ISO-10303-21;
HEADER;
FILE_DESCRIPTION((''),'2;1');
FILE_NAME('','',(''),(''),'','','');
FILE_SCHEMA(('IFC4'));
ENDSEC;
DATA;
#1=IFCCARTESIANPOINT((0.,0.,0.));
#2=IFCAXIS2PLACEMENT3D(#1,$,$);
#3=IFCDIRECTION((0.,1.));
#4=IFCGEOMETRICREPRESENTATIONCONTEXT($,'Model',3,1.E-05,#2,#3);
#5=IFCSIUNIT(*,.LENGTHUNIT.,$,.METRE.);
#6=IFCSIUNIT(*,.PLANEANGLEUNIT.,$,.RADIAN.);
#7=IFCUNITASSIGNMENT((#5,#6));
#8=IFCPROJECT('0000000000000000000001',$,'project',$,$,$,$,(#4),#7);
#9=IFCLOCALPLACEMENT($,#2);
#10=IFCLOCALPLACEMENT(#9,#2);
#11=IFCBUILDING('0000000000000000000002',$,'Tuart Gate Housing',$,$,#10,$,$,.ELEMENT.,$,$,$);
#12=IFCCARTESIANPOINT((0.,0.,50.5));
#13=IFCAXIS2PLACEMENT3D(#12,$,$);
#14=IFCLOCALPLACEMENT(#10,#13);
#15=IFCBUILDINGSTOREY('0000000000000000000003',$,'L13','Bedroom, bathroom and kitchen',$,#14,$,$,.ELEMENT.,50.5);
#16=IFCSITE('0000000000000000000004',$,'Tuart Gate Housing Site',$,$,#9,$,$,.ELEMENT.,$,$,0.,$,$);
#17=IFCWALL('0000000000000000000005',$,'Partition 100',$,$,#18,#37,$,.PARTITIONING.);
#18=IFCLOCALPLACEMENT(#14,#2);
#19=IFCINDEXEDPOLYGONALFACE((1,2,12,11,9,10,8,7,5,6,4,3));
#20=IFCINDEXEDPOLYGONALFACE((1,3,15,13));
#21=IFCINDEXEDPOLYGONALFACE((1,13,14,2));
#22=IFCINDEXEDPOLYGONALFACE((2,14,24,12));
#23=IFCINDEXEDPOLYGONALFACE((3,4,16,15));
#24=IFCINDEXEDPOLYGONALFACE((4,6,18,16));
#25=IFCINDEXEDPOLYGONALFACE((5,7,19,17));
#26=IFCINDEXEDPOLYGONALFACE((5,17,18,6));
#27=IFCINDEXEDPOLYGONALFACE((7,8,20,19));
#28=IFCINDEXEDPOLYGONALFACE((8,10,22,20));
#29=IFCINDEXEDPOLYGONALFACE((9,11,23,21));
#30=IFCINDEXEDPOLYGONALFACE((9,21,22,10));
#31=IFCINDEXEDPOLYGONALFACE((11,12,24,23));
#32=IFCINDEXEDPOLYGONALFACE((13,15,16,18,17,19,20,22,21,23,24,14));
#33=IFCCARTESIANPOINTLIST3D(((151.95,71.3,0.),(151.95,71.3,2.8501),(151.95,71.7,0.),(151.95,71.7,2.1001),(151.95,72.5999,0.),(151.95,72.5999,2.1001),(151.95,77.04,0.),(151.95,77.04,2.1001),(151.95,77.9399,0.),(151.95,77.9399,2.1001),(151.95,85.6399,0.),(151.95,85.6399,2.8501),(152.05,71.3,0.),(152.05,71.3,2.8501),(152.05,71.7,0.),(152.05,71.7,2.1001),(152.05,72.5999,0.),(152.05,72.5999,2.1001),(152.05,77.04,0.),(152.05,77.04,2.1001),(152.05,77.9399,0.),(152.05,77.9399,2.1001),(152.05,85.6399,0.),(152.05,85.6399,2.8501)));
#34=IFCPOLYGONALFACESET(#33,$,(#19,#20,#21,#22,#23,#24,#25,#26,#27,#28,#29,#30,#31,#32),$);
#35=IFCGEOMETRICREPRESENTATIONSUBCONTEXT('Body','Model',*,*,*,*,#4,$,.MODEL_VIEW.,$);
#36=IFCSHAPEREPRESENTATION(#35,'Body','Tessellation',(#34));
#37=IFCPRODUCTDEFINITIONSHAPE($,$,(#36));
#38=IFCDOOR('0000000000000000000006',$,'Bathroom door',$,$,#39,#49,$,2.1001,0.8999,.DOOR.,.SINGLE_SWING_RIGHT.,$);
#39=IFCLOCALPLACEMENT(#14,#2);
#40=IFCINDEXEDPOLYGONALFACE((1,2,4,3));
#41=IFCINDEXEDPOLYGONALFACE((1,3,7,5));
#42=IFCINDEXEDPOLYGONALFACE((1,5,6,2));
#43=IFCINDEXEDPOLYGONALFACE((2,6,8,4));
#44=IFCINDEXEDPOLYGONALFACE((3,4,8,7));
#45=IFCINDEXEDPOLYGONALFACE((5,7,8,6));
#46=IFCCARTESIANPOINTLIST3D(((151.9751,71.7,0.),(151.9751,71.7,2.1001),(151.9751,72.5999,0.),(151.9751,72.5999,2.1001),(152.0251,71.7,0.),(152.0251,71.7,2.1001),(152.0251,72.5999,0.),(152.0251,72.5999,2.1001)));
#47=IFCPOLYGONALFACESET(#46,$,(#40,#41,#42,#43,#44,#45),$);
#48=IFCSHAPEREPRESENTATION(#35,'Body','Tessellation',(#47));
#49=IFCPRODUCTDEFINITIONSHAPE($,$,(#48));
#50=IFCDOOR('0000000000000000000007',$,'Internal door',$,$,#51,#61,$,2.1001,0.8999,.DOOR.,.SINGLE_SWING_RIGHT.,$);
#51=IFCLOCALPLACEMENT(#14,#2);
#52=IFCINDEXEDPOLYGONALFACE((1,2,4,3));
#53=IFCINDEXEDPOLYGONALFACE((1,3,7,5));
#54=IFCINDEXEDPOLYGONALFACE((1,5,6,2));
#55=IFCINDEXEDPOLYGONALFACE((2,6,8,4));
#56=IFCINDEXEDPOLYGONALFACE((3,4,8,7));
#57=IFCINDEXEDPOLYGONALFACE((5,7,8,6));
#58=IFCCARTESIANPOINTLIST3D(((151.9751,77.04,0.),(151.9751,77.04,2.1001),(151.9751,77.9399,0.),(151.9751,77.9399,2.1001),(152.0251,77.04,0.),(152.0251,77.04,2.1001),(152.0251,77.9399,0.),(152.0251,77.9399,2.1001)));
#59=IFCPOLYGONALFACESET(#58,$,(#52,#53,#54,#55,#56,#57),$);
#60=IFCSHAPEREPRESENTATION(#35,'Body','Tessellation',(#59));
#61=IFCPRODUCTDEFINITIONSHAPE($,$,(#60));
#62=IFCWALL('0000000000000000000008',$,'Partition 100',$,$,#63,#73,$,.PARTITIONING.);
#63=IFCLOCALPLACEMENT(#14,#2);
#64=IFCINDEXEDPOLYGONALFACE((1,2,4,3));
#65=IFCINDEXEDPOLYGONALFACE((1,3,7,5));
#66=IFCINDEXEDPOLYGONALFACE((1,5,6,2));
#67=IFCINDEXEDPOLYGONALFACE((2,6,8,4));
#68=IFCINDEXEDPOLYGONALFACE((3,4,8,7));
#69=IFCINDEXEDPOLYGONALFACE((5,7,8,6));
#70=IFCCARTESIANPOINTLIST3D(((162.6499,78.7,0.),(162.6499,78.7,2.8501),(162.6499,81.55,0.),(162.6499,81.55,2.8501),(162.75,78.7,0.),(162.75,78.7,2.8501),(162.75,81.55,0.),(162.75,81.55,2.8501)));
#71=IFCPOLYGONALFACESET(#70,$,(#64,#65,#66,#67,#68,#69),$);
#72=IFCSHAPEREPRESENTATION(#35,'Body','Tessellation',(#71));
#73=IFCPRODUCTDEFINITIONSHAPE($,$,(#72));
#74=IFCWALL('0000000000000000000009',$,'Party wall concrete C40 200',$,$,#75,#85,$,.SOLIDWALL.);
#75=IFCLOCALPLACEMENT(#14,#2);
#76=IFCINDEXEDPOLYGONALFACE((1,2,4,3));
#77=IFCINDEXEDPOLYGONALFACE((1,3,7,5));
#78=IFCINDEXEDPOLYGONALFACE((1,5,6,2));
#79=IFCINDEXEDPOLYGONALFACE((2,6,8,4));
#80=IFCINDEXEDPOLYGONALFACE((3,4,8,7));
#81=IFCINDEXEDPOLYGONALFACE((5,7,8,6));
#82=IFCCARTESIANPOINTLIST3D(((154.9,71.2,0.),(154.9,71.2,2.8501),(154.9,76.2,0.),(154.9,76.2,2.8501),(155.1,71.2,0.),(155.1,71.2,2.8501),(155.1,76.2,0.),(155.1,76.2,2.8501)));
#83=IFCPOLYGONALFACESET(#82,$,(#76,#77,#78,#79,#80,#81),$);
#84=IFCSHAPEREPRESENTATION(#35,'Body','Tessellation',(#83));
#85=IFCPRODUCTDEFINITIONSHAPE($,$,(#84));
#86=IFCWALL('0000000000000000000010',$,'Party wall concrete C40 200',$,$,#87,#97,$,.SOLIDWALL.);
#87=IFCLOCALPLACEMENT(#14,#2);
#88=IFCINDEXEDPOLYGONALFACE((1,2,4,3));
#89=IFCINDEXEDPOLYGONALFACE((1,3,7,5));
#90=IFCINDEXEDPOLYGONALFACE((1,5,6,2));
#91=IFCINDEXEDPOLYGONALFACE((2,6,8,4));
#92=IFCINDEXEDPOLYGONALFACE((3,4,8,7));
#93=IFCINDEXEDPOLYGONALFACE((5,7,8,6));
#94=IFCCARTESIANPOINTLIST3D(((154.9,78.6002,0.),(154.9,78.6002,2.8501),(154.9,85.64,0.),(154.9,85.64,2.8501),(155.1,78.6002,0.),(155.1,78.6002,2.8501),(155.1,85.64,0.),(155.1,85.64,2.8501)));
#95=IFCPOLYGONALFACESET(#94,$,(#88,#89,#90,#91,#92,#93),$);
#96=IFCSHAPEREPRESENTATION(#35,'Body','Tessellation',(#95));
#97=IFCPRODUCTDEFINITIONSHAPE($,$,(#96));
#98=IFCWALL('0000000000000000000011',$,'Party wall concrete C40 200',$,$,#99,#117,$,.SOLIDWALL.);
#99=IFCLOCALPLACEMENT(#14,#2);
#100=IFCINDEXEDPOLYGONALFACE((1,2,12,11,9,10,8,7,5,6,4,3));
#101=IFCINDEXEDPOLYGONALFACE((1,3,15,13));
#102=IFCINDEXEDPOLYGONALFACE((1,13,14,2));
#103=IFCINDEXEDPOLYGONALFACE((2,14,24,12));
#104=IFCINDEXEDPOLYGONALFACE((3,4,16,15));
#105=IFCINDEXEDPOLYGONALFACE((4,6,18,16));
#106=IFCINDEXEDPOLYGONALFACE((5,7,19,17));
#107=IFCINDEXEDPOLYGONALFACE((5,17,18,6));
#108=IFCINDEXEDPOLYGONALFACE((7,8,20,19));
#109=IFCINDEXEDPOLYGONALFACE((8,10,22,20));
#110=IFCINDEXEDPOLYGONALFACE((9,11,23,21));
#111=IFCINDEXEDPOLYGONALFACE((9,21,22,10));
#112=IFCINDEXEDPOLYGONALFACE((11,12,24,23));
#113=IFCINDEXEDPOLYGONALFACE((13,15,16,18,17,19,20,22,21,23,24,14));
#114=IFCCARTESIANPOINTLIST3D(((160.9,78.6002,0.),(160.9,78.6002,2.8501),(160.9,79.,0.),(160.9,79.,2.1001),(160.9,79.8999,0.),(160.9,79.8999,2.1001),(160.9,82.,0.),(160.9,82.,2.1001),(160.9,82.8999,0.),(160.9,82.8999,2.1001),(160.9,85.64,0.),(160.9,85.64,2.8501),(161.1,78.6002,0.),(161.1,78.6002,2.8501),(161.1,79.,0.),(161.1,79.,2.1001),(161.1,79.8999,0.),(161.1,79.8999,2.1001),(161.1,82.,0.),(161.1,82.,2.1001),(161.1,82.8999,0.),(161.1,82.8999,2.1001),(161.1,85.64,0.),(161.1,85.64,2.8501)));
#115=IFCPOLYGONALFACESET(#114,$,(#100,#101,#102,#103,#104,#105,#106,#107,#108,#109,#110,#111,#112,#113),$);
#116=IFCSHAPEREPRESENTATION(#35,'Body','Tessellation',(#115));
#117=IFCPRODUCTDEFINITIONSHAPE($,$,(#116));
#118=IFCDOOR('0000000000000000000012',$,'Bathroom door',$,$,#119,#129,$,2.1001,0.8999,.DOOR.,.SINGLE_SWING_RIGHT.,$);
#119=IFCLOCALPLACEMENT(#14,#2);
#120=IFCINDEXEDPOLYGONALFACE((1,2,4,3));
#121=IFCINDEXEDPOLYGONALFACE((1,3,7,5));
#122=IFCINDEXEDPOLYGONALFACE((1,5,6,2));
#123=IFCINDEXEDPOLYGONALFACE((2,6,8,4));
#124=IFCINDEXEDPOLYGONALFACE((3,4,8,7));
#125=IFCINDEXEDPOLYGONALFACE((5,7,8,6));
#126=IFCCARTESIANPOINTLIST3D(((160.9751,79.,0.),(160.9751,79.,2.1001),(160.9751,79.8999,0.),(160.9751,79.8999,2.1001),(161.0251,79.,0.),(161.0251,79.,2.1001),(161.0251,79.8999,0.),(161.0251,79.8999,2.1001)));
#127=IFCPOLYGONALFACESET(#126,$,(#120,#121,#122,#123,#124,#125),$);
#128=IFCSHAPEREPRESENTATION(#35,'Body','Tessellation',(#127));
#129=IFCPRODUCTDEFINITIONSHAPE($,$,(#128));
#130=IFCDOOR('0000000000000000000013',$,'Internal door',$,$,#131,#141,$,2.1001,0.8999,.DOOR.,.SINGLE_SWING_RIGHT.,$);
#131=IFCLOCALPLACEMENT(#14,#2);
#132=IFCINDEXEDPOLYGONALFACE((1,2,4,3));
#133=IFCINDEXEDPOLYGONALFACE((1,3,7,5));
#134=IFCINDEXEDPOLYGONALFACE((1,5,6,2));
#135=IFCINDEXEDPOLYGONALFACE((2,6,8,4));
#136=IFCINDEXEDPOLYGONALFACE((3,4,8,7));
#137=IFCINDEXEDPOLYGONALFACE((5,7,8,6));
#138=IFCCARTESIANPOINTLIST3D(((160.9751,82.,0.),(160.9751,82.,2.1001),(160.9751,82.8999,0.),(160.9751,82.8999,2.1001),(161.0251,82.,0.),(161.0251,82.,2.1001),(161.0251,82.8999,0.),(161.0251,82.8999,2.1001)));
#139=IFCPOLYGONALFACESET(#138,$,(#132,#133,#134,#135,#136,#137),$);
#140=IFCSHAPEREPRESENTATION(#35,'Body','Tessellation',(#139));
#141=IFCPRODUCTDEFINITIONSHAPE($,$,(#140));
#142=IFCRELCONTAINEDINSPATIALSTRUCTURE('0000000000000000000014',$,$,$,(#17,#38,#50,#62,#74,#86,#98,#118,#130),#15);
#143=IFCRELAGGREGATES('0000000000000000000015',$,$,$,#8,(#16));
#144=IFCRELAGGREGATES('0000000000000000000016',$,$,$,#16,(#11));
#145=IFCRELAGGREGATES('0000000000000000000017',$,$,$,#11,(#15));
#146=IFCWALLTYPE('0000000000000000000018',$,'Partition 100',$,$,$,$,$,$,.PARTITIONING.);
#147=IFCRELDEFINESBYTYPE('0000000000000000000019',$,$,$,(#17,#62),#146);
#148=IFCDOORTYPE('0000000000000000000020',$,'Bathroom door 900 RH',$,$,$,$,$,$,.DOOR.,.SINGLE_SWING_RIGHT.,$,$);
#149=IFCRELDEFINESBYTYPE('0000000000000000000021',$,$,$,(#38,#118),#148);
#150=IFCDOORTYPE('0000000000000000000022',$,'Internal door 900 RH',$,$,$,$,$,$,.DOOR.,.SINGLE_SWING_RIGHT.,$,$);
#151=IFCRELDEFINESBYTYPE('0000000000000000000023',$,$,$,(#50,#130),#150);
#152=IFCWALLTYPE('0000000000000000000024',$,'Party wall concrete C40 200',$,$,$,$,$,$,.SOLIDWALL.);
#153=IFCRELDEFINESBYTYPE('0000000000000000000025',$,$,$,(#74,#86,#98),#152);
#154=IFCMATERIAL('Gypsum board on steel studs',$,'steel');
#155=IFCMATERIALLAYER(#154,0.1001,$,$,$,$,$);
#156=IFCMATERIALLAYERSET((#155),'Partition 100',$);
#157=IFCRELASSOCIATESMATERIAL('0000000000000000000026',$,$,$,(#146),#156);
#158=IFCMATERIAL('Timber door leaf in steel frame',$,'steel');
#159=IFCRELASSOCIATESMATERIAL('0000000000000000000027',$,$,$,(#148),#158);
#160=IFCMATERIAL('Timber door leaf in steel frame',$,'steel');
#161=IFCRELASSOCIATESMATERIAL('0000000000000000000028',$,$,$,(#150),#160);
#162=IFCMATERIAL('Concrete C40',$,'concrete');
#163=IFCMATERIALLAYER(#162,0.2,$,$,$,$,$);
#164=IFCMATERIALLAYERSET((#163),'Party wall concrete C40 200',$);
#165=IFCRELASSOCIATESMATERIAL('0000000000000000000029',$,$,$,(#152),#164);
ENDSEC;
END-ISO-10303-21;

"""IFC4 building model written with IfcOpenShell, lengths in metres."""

from ifc_helpers import new_model, si_unit, direction, frame, frame_2d, origin, place, context, subcontext, project, spatial, rectangle, extrude, material, layer, layer_set, type_object, element, fill, save


model = new_model("IFC4")

# Units and contexts
model_context = context("Model", 3, precision=1e-05, world=origin(), true_north=direction((0.0, 1.0)))
body_context = subcontext(model_context, "Body", "Model", "MODEL_VIEW")
ifc_project = project(units=[si_unit("LENGTHUNIT", "METRE"), si_unit("PLANEANGLEUNIT", "RADIAN")], contexts=[model_context])

# Site, building, storey
site_placement = place(None, origin())
site = spatial("IfcSite", under=ifc_project, at=site_placement, Name="Tuart Gate Housing Site", CompositionType="ELEMENT", RefElevation=0.0)
building_placement = place(site_placement, origin())
building = spatial("IfcBuilding", under=site, at=building_placement, Name="Tuart Gate Housing", CompositionType="ELEMENT")
storey_placement = place(building_placement, frame((0.0, 0.0, 50.5)))
storey = spatial("IfcBuildingStorey", under=building, at=storey_placement, Name="L13", Description="Bedroom, bathroom and kitchen", CompositionType="ELEMENT", Elevation=50.5)

# Shared definitions
ifc_material_1 = material(Name="Gypsum board on steel studs", Category="steel")
ifc_layer_1 = layer(ifc_material_1, 0.1001)
ifc_layer_set_1 = layer_set([ifc_layer_1], Name="Partition 100")
wall_type_1 = type_object("IfcWallType", Name="Partition 100", PredefinedType="PARTITIONING", material=ifc_layer_set_1)

# Wall, openings, doors
wall_1_placement = place(storey_placement, frame((152.0, 71.3, 0.0), z_axis=(0.0, 0.0, 1.0), x_axis=(0.0, 1.0, 0.0)))
wall_1 = element("IfcWall", 1, at=wall_1_placement, inside=storey, type_object=wall_type_1, Name="Partition 100", PredefinedType="PARTITIONING", context=body_context, shape_type="SweptSolid", body=[
    extrude(rectangle(XDim=14.3398, YDim=0.1001, at=frame_2d((7.1699, 0.0))), origin(), (0.0, 0.0, 1.0), 2.8501),
])
opening_1_placement = place(wall_1_placement, frame((5.74, 0.0, 0.0)))
opening_1 = element("IfcOpeningElement", 2, at=opening_1_placement, cuts=wall_1, PredefinedType="OPENING", context=body_context, shape_type="SweptSolid", body=[
    extrude(rectangle(XDim=0.8999, YDim=2.1001, at=frame_2d((0.45, 1.05))), frame((0.0, 0.0601, 0.0), z_axis=(0.0, -1.0, 0.0), x_axis=(1.0, 0.0, 0.0)), (0.0, 0.0, 1.0), 0.1201),
])
opening_2_placement = place(wall_1_placement, frame((0.3999, 0.0, 0.0)))
opening_2 = element("IfcOpeningElement", 3, at=opening_2_placement, cuts=wall_1, PredefinedType="OPENING", context=body_context, shape_type="SweptSolid", body=[
    extrude(rectangle(XDim=0.8999, YDim=2.1001, at=frame_2d((0.45, 1.05))), frame((0.0, 0.0601, 0.0), z_axis=(0.0, -1.0, 0.0), x_axis=(1.0, 0.0, 0.0)), (0.0, 0.0, 1.0), 0.1201),
])
ifc_material_2 = material(Name="Timber door leaf in steel frame", Category="steel")
door_type_1 = type_object("IfcDoorType", Name="Bathroom door 900 RH", OperationType="SINGLE_SWING_RIGHT", PredefinedType="DOOR", material=ifc_material_2)
door_1_placement = place(opening_2_placement, frame((0.8999, 0.0, 0.0), z_axis=(0.0, 0.0, 1.0), x_axis=(-1.0, 0.0, 0.0)))
door_1 = element("IfcDoor", 4, at=door_1_placement, inside=storey, type_object=door_type_1, Name="Bathroom door", OperationType="SINGLE_SWING_RIGHT", OverallHeight=2.1001, OverallWidth=0.8999, PredefinedType="DOOR", context=body_context, shape_type="SweptSolid", body=[
    extrude(rectangle(XDim=0.8999, YDim=2.1001, at=frame_2d((0.45, 1.05))), frame((0.0, 0.0251, 0.0), z_axis=(0.0, -1.0, 0.0), x_axis=(1.0, 0.0, 0.0)), (0.0, 0.0, 1.0), 0.05),
])
fill(opening_2, door_1)
ifc_material_3 = material(Name="Timber door leaf in steel frame", Category="steel")
door_type_2 = type_object("IfcDoorType", Name="Internal door 900 RH", OperationType="SINGLE_SWING_RIGHT", PredefinedType="DOOR", material=ifc_material_3)
door_2_placement = place(opening_1_placement, frame((0.8999, 0.0, 0.0), z_axis=(0.0, 0.0, 1.0), x_axis=(-1.0, 0.0, 0.0)))
door_2 = element("IfcDoor", 5, at=door_2_placement, inside=storey, type_object=door_type_2, Name="Internal door", OperationType="SINGLE_SWING_RIGHT", OverallHeight=2.1001, OverallWidth=0.8999, PredefinedType="DOOR", context=body_context, shape_type="SweptSolid", body=[
    extrude(rectangle(XDim=0.8999, YDim=2.1001, at=frame_2d((0.45, 1.05))), frame((0.0, 0.0251, 0.0), z_axis=(0.0, -1.0, 0.0), x_axis=(1.0, 0.0, 0.0)), (0.0, 0.0, 1.0), 0.05),
])
fill(opening_1, door_2)

# Walls
wall_2_placement = place(storey_placement, frame((162.7, 78.7, 0.0), z_axis=(0.0, 0.0, 1.0), x_axis=(0.0, 1.0, 0.0)))
element("IfcWall", 6, at=wall_2_placement, inside=storey, type_object=wall_type_1, Name="Partition 100", PredefinedType="PARTITIONING", context=body_context, shape_type="SweptSolid", body=[
    extrude(rectangle(XDim=2.8501, YDim=0.1001, at=frame_2d((1.425, 0.0))), origin(), (0.0, 0.0, 1.0), 2.8501),
])
ifc_material_4 = material(Name="Concrete C40", Category="concrete")
ifc_layer_2 = layer(ifc_material_4, 0.2)
ifc_layer_set_2 = layer_set([ifc_layer_2], Name="Party wall concrete C40 200")
wall_type_2 = type_object("IfcWallType", Name="Party wall concrete C40 200", PredefinedType="SOLIDWALL", material=ifc_layer_set_2)
wall_3_placement = place(storey_placement, frame((155.0, 71.2, 0.0), z_axis=(0.0, 0.0, 1.0), x_axis=(0.0, 1.0, 0.0)))
element("IfcWall", 7, at=wall_3_placement, inside=storey, type_object=wall_type_2, Name="Party wall concrete C40 200", PredefinedType="SOLIDWALL", context=body_context, shape_type="SweptSolid", body=[
    extrude(rectangle(XDim=5.0, YDim=0.2, at=frame_2d((2.5, 0.0))), origin(), (0.0, 0.0, 1.0), 2.8501),
])
wall_4_placement = place(storey_placement, frame((155.0, 78.6001, 0.0), z_axis=(0.0, 0.0, 1.0), x_axis=(0.0, 1.0, 0.0)))
element("IfcWall", 8, at=wall_4_placement, inside=storey, type_object=wall_type_2, Name="Party wall concrete C40 200", PredefinedType="SOLIDWALL", context=body_context, shape_type="SweptSolid", body=[
    extrude(rectangle(XDim=7.0398, YDim=0.2, at=frame_2d((3.52, 0.0))), origin(), (0.0, 0.0, 1.0), 2.8501),
])

# Wall, openings, doors
wall_5_placement = place(storey_placement, frame((161.0, 78.6001, 0.0), z_axis=(0.0, 0.0, 1.0), x_axis=(0.0, 1.0, 0.0)))
wall_5 = element("IfcWall", 9, at=wall_5_placement, inside=storey, type_object=wall_type_2, Name="Party wall concrete C40 200", PredefinedType="SOLIDWALL", context=body_context, shape_type="SweptSolid", body=[
    extrude(rectangle(XDim=7.0398, YDim=0.2, at=frame_2d((3.52, 0.0))), origin(), (0.0, 0.0, 1.0), 2.8501),
])
opening_3_placement = place(wall_5_placement, frame((3.3999, 0.0, 0.0)))
opening_3 = element("IfcOpeningElement", 10, at=opening_3_placement, cuts=wall_5, PredefinedType="OPENING", context=body_context, shape_type="SweptSolid", body=[
    extrude(rectangle(XDim=0.8999, YDim=2.1001, at=frame_2d((0.45, 1.05))), frame((0.0, 0.1099, 0.0), z_axis=(0.0, -1.0, 0.0), x_axis=(1.0, 0.0, 0.0)), (0.0, 0.0, 1.0), 0.22),
])
opening_4_placement = place(wall_5_placement, frame((0.3999, 0.0, 0.0)))
opening_4 = element("IfcOpeningElement", 11, at=opening_4_placement, cuts=wall_5, PredefinedType="OPENING", context=body_context, shape_type="SweptSolid", body=[
    extrude(rectangle(XDim=0.8999, YDim=2.1001, at=frame_2d((0.45, 1.05))), frame((0.0, 0.1099, 0.0), z_axis=(0.0, -1.0, 0.0), x_axis=(1.0, 0.0, 0.0)), (0.0, 0.0, 1.0), 0.22),
])
door_3_placement = place(opening_4_placement, frame((0.8999, 0.0, 0.0), z_axis=(0.0, 0.0, 1.0), x_axis=(-1.0, 0.0, 0.0)))
door_3 = element("IfcDoor", 12, at=door_3_placement, inside=storey, type_object=door_type_1, Name="Bathroom door", OperationType="SINGLE_SWING_RIGHT", OverallHeight=2.1001, OverallWidth=0.8999, PredefinedType="DOOR", context=body_context, shape_type="SweptSolid", body=[
    extrude(rectangle(XDim=0.8999, YDim=2.1001, at=frame_2d((0.45, 1.05))), frame((0.0, 0.0251, 0.0), z_axis=(0.0, -1.0, 0.0), x_axis=(1.0, 0.0, 0.0)), (0.0, 0.0, 1.0), 0.05),
])
fill(opening_4, door_3)
door_4_placement = place(opening_3_placement, frame((0.8999, 0.0, 0.0), z_axis=(0.0, 0.0, 1.0), x_axis=(-1.0, 0.0, 0.0)))
door_4 = element("IfcDoor", 13, at=door_4_placement, inside=storey, type_object=door_type_2, Name="Internal door", OperationType="SINGLE_SWING_RIGHT", OverallHeight=2.1001, OverallWidth=0.8999, PredefinedType="DOOR", context=body_context, shape_type="SweptSolid", body=[
    extrude(rectangle(XDim=0.8999, YDim=2.1001, at=frame_2d((0.45, 1.05))), frame((0.0, 0.0251, 0.0), z_axis=(0.0, -1.0, 0.0), x_axis=(1.0, 0.0, 0.0)), (0.0, 0.0, 1.0), 0.05),
])
fill(opening_3, door_4)

save(model, "model.ifc")
